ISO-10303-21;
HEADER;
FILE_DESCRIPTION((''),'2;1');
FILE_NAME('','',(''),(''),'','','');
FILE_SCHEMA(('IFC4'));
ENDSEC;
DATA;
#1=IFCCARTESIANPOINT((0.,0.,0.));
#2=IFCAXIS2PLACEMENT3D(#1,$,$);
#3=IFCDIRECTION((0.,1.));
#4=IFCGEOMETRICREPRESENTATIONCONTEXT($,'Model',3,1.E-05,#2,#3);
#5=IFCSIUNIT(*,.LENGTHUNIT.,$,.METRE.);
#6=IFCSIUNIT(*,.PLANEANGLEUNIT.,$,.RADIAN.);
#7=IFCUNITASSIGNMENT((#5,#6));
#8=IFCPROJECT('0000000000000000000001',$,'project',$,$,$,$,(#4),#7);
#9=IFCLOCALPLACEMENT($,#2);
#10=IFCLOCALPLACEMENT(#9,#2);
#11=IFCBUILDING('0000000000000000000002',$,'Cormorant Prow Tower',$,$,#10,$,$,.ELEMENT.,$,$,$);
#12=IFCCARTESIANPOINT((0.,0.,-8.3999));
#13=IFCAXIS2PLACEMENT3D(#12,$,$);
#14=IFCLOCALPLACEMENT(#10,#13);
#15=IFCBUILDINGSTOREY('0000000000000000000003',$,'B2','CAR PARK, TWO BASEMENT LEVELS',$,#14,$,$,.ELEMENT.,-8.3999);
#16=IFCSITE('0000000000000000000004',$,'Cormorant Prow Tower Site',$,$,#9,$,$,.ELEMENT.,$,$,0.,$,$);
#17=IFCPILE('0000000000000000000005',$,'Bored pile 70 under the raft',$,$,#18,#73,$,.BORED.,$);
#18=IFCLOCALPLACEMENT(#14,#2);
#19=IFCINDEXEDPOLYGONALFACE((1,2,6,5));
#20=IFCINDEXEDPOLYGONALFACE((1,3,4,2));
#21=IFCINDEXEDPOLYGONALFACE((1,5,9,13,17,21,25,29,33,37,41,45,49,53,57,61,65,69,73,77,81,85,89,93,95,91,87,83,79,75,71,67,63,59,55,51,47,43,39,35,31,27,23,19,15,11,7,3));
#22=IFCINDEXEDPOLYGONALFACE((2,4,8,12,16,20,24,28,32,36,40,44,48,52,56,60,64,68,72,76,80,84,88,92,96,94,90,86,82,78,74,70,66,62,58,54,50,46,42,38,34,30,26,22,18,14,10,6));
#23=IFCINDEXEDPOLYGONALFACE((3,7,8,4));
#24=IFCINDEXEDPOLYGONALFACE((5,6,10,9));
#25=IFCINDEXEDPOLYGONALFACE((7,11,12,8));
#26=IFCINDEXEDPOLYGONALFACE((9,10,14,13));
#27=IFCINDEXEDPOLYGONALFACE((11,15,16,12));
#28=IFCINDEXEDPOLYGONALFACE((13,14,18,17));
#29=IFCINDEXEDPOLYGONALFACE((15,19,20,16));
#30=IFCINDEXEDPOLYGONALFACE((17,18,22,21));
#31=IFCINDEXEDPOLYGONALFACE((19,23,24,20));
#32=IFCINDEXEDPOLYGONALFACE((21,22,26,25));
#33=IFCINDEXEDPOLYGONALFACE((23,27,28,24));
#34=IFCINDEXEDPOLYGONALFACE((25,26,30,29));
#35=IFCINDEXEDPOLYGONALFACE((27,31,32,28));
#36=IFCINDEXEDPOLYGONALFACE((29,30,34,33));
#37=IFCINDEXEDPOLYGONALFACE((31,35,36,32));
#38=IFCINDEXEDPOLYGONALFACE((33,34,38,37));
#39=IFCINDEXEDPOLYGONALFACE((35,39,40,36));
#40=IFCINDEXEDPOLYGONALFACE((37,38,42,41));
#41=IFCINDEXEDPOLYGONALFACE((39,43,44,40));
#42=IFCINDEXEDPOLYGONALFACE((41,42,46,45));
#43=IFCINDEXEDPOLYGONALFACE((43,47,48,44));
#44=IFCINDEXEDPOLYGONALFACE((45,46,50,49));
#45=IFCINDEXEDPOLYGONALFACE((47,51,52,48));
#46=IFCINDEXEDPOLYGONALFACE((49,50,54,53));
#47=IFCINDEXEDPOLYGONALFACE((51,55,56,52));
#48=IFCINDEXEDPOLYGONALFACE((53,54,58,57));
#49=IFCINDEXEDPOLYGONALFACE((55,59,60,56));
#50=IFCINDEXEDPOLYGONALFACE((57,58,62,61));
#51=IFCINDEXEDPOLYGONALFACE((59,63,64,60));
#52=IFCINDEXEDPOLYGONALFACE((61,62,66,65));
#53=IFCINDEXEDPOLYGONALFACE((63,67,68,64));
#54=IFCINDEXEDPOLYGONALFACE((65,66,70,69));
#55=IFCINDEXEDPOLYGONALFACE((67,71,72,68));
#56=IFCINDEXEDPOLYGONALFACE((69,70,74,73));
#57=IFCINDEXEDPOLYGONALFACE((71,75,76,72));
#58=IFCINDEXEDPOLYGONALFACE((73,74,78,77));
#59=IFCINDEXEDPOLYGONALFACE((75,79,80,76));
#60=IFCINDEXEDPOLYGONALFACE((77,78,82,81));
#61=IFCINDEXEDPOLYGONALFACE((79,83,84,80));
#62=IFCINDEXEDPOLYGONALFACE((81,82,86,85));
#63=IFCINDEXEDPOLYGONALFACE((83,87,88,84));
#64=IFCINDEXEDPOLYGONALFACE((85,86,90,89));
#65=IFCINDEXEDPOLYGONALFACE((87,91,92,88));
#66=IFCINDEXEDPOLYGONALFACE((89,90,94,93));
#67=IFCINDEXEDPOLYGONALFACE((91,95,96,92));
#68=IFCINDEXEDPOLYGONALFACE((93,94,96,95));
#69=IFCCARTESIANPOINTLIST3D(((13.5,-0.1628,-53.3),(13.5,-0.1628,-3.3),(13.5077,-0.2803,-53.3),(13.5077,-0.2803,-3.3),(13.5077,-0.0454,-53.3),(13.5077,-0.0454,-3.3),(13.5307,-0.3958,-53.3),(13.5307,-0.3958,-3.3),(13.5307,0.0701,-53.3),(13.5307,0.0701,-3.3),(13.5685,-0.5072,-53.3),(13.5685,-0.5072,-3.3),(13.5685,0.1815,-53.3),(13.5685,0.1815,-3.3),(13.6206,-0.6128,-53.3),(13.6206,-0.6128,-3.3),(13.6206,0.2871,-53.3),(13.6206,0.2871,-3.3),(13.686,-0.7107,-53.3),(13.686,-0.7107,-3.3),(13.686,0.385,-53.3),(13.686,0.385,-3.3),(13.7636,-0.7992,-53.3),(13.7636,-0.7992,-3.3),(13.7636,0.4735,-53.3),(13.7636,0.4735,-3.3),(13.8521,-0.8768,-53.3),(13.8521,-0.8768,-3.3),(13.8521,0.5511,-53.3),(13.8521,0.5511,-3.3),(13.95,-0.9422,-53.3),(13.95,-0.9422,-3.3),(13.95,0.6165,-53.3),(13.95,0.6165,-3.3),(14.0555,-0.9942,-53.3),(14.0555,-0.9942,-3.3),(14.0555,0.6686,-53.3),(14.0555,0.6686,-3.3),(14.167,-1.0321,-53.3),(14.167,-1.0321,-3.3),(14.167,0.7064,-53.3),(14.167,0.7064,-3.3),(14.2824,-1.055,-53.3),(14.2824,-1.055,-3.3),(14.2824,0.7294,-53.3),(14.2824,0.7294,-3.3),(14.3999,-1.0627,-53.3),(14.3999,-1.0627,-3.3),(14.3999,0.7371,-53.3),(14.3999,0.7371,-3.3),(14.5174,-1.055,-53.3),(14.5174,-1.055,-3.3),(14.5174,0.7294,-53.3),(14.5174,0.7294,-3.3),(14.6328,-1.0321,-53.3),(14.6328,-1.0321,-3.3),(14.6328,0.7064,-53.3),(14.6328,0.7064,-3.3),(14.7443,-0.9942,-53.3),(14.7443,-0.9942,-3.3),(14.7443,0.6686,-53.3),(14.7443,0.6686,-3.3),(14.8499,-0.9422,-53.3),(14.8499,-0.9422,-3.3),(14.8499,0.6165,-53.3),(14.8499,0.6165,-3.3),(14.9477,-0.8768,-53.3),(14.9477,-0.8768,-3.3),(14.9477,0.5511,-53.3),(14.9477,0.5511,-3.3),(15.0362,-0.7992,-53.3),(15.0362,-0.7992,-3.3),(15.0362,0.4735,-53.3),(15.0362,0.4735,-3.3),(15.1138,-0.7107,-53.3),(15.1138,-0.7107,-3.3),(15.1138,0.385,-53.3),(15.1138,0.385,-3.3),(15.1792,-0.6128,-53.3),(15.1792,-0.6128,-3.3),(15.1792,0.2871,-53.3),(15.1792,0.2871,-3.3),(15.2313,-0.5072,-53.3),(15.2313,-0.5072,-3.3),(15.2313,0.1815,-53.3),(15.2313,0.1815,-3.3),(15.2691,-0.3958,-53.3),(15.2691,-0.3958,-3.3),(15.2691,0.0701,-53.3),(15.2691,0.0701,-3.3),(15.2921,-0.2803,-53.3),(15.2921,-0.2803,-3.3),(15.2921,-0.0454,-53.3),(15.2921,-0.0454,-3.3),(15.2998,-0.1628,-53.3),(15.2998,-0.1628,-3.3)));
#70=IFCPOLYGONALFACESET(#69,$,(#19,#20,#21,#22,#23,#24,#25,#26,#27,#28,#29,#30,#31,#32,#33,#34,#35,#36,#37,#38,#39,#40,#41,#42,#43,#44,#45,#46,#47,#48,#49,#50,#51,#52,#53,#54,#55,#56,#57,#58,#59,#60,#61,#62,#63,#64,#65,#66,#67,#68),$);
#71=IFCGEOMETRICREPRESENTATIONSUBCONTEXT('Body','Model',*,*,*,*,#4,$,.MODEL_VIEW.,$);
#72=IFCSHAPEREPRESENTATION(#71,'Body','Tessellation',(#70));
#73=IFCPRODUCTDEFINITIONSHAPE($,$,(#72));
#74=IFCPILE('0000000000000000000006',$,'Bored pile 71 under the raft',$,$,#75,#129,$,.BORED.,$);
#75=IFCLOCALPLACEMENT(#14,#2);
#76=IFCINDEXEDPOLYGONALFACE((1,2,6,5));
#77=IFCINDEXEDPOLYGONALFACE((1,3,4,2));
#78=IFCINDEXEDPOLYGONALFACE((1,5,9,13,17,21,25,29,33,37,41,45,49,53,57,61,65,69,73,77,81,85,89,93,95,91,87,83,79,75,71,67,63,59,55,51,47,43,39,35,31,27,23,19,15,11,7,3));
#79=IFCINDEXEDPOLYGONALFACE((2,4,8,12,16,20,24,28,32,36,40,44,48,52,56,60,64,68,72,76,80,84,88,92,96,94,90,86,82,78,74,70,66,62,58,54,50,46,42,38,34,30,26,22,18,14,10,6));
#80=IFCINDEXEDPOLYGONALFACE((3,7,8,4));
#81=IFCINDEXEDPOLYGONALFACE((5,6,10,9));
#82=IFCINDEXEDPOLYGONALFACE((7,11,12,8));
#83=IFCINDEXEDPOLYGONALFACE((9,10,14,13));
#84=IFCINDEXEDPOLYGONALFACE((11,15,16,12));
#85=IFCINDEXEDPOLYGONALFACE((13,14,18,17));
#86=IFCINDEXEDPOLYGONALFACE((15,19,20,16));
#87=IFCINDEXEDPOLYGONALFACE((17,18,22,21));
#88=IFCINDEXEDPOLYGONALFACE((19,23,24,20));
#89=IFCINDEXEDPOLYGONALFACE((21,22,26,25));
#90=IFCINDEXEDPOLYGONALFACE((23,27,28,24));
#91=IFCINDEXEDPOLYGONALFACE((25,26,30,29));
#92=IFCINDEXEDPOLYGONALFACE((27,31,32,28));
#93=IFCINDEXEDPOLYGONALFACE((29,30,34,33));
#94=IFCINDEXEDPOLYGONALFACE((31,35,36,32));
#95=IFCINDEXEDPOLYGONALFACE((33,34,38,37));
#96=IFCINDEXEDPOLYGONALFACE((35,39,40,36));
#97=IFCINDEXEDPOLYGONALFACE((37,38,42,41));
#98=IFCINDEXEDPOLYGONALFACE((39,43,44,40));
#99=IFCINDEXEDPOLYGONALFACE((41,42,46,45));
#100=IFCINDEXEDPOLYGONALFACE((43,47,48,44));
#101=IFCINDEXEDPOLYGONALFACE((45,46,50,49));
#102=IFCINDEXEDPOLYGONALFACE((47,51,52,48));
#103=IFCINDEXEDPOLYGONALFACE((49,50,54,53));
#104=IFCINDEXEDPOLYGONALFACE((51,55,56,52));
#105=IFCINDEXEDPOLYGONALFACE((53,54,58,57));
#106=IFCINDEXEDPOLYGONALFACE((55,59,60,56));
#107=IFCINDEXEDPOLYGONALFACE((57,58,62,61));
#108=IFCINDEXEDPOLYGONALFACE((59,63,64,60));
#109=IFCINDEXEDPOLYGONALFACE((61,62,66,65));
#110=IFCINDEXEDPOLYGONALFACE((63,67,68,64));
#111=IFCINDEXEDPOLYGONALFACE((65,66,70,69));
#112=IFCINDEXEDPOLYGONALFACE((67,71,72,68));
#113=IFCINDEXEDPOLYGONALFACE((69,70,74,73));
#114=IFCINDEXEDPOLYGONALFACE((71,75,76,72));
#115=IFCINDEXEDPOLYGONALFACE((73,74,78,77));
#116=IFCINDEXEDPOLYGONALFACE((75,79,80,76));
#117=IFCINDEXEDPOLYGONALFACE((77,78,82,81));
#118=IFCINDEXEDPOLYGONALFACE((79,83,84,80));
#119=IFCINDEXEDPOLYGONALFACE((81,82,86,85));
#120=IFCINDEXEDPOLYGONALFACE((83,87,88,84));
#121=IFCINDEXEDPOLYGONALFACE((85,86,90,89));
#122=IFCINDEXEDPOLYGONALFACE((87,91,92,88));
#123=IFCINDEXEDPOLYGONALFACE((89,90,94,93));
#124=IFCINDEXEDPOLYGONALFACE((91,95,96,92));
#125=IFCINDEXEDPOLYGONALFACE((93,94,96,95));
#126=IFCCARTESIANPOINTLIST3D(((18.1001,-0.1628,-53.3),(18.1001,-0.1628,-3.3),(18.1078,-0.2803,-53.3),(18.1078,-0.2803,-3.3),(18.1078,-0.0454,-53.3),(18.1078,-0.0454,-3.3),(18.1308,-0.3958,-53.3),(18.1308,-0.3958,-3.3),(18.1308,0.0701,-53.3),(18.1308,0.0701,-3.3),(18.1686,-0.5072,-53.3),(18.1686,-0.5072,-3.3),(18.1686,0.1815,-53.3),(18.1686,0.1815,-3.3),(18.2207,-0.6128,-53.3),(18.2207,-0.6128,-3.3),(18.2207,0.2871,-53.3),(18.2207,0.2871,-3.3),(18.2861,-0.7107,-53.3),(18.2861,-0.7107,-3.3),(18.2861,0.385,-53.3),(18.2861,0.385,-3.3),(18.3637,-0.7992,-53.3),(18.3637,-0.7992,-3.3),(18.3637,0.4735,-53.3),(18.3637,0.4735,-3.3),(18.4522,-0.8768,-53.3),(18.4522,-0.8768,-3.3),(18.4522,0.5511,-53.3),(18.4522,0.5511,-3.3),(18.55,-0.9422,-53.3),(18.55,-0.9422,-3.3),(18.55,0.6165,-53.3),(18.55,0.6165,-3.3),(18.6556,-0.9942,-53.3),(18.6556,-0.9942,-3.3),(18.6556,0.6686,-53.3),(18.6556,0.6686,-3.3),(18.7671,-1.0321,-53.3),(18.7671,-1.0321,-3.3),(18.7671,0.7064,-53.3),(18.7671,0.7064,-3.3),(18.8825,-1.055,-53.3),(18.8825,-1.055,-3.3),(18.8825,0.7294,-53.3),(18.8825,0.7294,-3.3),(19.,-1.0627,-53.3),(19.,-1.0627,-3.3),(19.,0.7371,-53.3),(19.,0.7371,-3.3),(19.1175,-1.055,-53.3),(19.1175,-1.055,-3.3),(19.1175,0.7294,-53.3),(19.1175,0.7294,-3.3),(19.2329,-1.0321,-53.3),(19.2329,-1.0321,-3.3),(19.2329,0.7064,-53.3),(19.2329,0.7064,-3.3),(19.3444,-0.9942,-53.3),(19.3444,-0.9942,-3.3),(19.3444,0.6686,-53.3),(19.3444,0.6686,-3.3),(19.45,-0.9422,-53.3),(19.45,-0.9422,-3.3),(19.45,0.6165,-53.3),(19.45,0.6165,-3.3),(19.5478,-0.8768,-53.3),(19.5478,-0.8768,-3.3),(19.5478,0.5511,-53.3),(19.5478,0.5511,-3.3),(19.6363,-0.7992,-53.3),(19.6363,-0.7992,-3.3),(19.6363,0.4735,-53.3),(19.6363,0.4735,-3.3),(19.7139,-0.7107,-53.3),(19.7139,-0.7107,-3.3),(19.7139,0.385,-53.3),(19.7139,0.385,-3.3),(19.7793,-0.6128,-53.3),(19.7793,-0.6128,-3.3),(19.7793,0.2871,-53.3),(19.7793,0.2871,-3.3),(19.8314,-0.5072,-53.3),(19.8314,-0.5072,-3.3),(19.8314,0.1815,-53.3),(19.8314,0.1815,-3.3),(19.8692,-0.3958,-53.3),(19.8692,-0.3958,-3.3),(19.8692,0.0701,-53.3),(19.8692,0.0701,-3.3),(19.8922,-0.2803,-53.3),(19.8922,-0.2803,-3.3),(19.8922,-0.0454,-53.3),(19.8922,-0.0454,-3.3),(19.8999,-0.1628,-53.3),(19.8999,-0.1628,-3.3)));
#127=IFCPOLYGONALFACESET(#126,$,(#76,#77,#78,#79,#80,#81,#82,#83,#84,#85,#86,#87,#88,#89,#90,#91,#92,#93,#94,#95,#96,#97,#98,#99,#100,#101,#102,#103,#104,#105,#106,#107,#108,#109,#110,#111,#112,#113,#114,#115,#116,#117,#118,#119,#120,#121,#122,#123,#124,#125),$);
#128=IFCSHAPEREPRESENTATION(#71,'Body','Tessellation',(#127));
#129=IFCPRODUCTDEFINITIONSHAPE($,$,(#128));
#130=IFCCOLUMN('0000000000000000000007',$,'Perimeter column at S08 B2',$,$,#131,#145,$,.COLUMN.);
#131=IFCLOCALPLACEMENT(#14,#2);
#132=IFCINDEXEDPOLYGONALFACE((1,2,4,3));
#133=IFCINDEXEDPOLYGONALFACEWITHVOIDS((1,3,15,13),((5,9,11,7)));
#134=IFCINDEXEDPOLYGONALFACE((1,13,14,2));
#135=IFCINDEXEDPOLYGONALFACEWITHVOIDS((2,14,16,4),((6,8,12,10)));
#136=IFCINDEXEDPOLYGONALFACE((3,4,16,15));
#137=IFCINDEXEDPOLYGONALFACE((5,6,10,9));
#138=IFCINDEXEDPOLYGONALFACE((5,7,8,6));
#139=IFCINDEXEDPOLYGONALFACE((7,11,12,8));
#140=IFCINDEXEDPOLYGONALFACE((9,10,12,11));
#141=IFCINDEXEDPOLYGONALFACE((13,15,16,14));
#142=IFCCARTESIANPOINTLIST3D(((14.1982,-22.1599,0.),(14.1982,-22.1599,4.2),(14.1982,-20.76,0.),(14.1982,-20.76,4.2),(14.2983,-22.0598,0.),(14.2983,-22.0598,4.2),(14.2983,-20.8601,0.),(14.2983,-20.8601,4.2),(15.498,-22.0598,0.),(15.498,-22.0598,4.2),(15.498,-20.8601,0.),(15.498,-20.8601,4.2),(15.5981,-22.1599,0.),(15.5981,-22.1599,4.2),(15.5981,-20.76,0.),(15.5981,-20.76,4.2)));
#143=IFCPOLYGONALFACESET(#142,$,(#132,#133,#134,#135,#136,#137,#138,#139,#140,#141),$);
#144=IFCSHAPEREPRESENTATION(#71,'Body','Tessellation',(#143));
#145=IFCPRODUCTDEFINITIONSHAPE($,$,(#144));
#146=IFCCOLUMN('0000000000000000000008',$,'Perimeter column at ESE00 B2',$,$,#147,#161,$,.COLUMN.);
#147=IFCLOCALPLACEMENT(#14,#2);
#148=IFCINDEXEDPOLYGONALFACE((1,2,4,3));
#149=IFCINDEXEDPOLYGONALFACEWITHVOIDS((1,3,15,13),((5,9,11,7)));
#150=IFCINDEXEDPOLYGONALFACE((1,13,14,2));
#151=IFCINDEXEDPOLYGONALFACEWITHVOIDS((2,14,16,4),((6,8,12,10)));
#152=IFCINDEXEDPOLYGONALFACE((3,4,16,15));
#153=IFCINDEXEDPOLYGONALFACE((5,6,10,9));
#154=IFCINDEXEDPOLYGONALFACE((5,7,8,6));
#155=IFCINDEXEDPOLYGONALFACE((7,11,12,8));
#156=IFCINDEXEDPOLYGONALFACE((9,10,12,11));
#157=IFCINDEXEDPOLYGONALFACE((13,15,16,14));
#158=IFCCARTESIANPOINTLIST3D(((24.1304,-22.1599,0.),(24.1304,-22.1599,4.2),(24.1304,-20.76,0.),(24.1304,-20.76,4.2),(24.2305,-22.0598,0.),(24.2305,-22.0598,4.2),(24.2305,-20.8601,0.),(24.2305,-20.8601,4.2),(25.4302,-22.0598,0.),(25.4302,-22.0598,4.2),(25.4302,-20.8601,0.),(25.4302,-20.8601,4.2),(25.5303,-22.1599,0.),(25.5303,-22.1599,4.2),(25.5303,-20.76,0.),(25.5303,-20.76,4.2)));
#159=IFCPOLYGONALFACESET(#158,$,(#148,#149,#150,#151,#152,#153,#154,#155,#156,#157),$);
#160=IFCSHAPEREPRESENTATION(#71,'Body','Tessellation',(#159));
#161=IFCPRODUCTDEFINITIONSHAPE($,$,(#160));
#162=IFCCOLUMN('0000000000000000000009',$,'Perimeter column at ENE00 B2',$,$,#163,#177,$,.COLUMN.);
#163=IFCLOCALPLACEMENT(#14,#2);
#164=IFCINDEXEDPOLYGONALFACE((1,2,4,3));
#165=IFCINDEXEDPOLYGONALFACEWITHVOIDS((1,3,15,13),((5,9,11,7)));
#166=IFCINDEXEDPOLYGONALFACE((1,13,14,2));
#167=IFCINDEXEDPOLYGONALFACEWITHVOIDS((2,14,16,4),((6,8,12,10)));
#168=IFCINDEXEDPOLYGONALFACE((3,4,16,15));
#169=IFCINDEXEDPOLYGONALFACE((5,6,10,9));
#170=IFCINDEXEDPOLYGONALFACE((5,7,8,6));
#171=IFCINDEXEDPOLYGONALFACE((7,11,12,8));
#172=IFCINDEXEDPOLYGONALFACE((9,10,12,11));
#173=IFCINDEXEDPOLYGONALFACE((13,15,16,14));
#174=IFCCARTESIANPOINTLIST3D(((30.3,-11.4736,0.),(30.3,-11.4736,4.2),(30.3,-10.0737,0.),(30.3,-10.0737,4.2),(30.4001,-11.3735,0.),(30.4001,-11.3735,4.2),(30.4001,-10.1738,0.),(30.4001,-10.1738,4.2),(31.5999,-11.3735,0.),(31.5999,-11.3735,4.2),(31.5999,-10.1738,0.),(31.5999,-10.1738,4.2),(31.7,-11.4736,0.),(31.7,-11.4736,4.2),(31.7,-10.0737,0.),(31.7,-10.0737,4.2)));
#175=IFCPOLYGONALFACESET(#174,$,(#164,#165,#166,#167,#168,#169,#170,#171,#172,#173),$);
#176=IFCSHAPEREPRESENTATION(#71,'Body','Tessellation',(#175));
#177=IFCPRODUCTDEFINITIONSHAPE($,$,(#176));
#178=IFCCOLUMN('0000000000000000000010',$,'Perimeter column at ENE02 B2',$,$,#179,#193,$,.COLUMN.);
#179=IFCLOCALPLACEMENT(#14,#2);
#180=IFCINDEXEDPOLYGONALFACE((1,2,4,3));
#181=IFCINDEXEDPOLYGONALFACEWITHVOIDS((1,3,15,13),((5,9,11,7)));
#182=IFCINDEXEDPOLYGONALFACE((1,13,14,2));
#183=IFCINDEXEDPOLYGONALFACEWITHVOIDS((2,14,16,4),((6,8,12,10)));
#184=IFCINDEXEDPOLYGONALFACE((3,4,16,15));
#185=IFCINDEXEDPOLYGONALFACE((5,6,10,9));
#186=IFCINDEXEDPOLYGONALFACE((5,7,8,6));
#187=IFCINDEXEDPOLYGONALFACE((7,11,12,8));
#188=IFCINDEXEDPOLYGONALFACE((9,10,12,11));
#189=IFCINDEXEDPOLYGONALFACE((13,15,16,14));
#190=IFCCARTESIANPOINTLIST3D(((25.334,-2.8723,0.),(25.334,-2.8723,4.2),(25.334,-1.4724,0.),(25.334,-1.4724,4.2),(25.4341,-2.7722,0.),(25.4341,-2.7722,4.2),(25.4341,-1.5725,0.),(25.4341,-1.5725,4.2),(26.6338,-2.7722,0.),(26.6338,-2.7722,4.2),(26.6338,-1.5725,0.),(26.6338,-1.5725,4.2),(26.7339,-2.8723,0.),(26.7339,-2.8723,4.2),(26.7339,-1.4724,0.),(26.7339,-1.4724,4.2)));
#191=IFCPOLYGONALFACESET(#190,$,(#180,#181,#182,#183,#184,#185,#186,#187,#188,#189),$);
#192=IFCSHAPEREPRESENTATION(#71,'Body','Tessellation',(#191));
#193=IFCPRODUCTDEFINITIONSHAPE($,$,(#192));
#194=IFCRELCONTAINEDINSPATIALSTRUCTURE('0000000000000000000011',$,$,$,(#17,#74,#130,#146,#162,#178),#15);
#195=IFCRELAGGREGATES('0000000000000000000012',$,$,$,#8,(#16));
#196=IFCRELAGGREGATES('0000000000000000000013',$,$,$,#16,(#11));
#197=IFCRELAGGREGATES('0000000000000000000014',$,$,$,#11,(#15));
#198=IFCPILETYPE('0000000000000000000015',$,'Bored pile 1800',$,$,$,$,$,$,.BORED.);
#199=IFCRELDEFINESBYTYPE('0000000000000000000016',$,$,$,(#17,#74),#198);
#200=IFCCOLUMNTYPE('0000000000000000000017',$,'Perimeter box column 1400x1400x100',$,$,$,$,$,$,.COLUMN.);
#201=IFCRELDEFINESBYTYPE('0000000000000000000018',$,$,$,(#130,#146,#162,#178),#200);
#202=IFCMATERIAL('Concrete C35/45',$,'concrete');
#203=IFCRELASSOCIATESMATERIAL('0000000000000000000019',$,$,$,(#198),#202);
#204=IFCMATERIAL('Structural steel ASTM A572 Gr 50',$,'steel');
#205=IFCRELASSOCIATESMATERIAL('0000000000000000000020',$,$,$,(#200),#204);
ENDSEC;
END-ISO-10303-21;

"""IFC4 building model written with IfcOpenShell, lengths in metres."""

from ifc_helpers import new_model, si_unit, direction, frame, origin, origin_2d, place, context, subcontext, project, spatial, hollow_rectangle, circle, extrude, material, material_profile, profile_set, type_object, element, save


model = new_model("IFC4")

# Units and contexts
model_context = context("Model", 3, precision=1e-05, world=origin(), true_north=direction((0.0, 1.0)))
body_context = subcontext(model_context, "Body", "Model", "MODEL_VIEW")
ifc_project = project(units=[si_unit("LENGTHUNIT", "METRE"), si_unit("PLANEANGLEUNIT", "RADIAN")], contexts=[model_context])

# Site, building, storey
site_placement = place(None, origin())
site = spatial("IfcSite", under=ifc_project, at=site_placement, Name="Cormorant Prow Tower Site", CompositionType="ELEMENT", RefElevation=0.0)
building_placement = place(site_placement, origin())
building = spatial("IfcBuilding", under=site, at=building_placement, Name="Cormorant Prow Tower", CompositionType="ELEMENT")
storey_placement = place(building_placement, frame((0.0, 0.0, -8.3999)))
storey = spatial("IfcBuildingStorey", under=building, at=storey_placement, Name="B2", Description="CAR PARK, TWO BASEMENT LEVELS", CompositionType="ELEMENT", Elevation=-8.3999)

# Piles
ifc_material_1 = material(Name="Concrete C35/45", Category="concrete")
ifc_material_profile_1 = material_profile(ifc_material_1, circle(Radius=0.8999, at=origin_2d()), Name="Round 1800")
ifc_profile_set_1 = profile_set([ifc_material_profile_1], Name="Concrete C35/45")
pile_type_1 = type_object("IfcPileType", Name="Bored pile 1800", PredefinedType="BORED", material=ifc_profile_set_1)
for number, where, z_axis, x_axis, name in (
    (1, (14.3999, -0.1628, -3.3), (0.0, 0.0, -1.0), (1.0, 0.0, 0.0), "Bored pile 70 under the raft"),
    (2, (19.0, -0.1628, -3.3), (0.0, 0.0, -1.0), (1.0, 0.0, 0.0), "Bored pile 71 under the raft"),
):
    element("IfcPile", number, at=place(storey_placement, frame(where, z_axis=z_axis, x_axis=x_axis)), inside=storey, type_object=pile_type_1, Name=name, PredefinedType="BORED", context=body_context, shape_type="SweptSolid", body=[
        extrude(circle(Radius=0.8999, at=origin_2d()), origin(), (0.0, 0.0, 1.0), 50.0),
    ])

# Columns
ifc_material_2 = material(Name="Structural steel ASTM A572 Gr 50", Category="steel")
ifc_material_profile_2 = material_profile(ifc_material_2, hollow_rectangle(XDim=1.3999, YDim=1.3999, WallThickness=0.1001, at=origin_2d()), Name="Box 1400x1400x100")
ifc_profile_set_2 = profile_set([ifc_material_profile_2], Name="Structural steel ASTM A572 Gr 50")
column_type_1 = type_object("IfcColumnType", Name="Perimeter box column 1400x1400x100", PredefinedType="COLUMN", material=ifc_profile_set_2)
for number, where, z_axis, x_axis, name in (
    (3, (14.8982, -21.46, 0.0), (0.0, 0.0, 1.0), (1.0, 0.0, 0.0), "Perimeter column at S08 B2"),
    (4, (24.8303, -21.46, 0.0), (0.0, 0.0, 1.0), (1.0, 0.0, 0.0), "Perimeter column at ESE00 B2"),
    (5, (31.0, -10.7737, 0.0), (0.0, 0.0, 1.0), (1.0, 0.0, 0.0), "Perimeter column at ENE00 B2"),
    (6, (26.0339, -2.1724, 0.0), (0.0, 0.0, 1.0), (1.0, 0.0, 0.0), "Perimeter column at ENE02 B2"),
):
    element("IfcColumn", number, at=place(storey_placement, frame(where, z_axis=z_axis, x_axis=x_axis)), inside=storey, type_object=column_type_1, Name=name, PredefinedType="COLUMN", context=body_context, shape_type="SweptSolid", body=[
        extrude(hollow_rectangle(XDim=1.3999, YDim=1.3999, WallThickness=0.1001, at=origin_2d()), origin(), (0.0, 0.0, 1.0), 4.2),
    ])

save(model, "model.ifc")
